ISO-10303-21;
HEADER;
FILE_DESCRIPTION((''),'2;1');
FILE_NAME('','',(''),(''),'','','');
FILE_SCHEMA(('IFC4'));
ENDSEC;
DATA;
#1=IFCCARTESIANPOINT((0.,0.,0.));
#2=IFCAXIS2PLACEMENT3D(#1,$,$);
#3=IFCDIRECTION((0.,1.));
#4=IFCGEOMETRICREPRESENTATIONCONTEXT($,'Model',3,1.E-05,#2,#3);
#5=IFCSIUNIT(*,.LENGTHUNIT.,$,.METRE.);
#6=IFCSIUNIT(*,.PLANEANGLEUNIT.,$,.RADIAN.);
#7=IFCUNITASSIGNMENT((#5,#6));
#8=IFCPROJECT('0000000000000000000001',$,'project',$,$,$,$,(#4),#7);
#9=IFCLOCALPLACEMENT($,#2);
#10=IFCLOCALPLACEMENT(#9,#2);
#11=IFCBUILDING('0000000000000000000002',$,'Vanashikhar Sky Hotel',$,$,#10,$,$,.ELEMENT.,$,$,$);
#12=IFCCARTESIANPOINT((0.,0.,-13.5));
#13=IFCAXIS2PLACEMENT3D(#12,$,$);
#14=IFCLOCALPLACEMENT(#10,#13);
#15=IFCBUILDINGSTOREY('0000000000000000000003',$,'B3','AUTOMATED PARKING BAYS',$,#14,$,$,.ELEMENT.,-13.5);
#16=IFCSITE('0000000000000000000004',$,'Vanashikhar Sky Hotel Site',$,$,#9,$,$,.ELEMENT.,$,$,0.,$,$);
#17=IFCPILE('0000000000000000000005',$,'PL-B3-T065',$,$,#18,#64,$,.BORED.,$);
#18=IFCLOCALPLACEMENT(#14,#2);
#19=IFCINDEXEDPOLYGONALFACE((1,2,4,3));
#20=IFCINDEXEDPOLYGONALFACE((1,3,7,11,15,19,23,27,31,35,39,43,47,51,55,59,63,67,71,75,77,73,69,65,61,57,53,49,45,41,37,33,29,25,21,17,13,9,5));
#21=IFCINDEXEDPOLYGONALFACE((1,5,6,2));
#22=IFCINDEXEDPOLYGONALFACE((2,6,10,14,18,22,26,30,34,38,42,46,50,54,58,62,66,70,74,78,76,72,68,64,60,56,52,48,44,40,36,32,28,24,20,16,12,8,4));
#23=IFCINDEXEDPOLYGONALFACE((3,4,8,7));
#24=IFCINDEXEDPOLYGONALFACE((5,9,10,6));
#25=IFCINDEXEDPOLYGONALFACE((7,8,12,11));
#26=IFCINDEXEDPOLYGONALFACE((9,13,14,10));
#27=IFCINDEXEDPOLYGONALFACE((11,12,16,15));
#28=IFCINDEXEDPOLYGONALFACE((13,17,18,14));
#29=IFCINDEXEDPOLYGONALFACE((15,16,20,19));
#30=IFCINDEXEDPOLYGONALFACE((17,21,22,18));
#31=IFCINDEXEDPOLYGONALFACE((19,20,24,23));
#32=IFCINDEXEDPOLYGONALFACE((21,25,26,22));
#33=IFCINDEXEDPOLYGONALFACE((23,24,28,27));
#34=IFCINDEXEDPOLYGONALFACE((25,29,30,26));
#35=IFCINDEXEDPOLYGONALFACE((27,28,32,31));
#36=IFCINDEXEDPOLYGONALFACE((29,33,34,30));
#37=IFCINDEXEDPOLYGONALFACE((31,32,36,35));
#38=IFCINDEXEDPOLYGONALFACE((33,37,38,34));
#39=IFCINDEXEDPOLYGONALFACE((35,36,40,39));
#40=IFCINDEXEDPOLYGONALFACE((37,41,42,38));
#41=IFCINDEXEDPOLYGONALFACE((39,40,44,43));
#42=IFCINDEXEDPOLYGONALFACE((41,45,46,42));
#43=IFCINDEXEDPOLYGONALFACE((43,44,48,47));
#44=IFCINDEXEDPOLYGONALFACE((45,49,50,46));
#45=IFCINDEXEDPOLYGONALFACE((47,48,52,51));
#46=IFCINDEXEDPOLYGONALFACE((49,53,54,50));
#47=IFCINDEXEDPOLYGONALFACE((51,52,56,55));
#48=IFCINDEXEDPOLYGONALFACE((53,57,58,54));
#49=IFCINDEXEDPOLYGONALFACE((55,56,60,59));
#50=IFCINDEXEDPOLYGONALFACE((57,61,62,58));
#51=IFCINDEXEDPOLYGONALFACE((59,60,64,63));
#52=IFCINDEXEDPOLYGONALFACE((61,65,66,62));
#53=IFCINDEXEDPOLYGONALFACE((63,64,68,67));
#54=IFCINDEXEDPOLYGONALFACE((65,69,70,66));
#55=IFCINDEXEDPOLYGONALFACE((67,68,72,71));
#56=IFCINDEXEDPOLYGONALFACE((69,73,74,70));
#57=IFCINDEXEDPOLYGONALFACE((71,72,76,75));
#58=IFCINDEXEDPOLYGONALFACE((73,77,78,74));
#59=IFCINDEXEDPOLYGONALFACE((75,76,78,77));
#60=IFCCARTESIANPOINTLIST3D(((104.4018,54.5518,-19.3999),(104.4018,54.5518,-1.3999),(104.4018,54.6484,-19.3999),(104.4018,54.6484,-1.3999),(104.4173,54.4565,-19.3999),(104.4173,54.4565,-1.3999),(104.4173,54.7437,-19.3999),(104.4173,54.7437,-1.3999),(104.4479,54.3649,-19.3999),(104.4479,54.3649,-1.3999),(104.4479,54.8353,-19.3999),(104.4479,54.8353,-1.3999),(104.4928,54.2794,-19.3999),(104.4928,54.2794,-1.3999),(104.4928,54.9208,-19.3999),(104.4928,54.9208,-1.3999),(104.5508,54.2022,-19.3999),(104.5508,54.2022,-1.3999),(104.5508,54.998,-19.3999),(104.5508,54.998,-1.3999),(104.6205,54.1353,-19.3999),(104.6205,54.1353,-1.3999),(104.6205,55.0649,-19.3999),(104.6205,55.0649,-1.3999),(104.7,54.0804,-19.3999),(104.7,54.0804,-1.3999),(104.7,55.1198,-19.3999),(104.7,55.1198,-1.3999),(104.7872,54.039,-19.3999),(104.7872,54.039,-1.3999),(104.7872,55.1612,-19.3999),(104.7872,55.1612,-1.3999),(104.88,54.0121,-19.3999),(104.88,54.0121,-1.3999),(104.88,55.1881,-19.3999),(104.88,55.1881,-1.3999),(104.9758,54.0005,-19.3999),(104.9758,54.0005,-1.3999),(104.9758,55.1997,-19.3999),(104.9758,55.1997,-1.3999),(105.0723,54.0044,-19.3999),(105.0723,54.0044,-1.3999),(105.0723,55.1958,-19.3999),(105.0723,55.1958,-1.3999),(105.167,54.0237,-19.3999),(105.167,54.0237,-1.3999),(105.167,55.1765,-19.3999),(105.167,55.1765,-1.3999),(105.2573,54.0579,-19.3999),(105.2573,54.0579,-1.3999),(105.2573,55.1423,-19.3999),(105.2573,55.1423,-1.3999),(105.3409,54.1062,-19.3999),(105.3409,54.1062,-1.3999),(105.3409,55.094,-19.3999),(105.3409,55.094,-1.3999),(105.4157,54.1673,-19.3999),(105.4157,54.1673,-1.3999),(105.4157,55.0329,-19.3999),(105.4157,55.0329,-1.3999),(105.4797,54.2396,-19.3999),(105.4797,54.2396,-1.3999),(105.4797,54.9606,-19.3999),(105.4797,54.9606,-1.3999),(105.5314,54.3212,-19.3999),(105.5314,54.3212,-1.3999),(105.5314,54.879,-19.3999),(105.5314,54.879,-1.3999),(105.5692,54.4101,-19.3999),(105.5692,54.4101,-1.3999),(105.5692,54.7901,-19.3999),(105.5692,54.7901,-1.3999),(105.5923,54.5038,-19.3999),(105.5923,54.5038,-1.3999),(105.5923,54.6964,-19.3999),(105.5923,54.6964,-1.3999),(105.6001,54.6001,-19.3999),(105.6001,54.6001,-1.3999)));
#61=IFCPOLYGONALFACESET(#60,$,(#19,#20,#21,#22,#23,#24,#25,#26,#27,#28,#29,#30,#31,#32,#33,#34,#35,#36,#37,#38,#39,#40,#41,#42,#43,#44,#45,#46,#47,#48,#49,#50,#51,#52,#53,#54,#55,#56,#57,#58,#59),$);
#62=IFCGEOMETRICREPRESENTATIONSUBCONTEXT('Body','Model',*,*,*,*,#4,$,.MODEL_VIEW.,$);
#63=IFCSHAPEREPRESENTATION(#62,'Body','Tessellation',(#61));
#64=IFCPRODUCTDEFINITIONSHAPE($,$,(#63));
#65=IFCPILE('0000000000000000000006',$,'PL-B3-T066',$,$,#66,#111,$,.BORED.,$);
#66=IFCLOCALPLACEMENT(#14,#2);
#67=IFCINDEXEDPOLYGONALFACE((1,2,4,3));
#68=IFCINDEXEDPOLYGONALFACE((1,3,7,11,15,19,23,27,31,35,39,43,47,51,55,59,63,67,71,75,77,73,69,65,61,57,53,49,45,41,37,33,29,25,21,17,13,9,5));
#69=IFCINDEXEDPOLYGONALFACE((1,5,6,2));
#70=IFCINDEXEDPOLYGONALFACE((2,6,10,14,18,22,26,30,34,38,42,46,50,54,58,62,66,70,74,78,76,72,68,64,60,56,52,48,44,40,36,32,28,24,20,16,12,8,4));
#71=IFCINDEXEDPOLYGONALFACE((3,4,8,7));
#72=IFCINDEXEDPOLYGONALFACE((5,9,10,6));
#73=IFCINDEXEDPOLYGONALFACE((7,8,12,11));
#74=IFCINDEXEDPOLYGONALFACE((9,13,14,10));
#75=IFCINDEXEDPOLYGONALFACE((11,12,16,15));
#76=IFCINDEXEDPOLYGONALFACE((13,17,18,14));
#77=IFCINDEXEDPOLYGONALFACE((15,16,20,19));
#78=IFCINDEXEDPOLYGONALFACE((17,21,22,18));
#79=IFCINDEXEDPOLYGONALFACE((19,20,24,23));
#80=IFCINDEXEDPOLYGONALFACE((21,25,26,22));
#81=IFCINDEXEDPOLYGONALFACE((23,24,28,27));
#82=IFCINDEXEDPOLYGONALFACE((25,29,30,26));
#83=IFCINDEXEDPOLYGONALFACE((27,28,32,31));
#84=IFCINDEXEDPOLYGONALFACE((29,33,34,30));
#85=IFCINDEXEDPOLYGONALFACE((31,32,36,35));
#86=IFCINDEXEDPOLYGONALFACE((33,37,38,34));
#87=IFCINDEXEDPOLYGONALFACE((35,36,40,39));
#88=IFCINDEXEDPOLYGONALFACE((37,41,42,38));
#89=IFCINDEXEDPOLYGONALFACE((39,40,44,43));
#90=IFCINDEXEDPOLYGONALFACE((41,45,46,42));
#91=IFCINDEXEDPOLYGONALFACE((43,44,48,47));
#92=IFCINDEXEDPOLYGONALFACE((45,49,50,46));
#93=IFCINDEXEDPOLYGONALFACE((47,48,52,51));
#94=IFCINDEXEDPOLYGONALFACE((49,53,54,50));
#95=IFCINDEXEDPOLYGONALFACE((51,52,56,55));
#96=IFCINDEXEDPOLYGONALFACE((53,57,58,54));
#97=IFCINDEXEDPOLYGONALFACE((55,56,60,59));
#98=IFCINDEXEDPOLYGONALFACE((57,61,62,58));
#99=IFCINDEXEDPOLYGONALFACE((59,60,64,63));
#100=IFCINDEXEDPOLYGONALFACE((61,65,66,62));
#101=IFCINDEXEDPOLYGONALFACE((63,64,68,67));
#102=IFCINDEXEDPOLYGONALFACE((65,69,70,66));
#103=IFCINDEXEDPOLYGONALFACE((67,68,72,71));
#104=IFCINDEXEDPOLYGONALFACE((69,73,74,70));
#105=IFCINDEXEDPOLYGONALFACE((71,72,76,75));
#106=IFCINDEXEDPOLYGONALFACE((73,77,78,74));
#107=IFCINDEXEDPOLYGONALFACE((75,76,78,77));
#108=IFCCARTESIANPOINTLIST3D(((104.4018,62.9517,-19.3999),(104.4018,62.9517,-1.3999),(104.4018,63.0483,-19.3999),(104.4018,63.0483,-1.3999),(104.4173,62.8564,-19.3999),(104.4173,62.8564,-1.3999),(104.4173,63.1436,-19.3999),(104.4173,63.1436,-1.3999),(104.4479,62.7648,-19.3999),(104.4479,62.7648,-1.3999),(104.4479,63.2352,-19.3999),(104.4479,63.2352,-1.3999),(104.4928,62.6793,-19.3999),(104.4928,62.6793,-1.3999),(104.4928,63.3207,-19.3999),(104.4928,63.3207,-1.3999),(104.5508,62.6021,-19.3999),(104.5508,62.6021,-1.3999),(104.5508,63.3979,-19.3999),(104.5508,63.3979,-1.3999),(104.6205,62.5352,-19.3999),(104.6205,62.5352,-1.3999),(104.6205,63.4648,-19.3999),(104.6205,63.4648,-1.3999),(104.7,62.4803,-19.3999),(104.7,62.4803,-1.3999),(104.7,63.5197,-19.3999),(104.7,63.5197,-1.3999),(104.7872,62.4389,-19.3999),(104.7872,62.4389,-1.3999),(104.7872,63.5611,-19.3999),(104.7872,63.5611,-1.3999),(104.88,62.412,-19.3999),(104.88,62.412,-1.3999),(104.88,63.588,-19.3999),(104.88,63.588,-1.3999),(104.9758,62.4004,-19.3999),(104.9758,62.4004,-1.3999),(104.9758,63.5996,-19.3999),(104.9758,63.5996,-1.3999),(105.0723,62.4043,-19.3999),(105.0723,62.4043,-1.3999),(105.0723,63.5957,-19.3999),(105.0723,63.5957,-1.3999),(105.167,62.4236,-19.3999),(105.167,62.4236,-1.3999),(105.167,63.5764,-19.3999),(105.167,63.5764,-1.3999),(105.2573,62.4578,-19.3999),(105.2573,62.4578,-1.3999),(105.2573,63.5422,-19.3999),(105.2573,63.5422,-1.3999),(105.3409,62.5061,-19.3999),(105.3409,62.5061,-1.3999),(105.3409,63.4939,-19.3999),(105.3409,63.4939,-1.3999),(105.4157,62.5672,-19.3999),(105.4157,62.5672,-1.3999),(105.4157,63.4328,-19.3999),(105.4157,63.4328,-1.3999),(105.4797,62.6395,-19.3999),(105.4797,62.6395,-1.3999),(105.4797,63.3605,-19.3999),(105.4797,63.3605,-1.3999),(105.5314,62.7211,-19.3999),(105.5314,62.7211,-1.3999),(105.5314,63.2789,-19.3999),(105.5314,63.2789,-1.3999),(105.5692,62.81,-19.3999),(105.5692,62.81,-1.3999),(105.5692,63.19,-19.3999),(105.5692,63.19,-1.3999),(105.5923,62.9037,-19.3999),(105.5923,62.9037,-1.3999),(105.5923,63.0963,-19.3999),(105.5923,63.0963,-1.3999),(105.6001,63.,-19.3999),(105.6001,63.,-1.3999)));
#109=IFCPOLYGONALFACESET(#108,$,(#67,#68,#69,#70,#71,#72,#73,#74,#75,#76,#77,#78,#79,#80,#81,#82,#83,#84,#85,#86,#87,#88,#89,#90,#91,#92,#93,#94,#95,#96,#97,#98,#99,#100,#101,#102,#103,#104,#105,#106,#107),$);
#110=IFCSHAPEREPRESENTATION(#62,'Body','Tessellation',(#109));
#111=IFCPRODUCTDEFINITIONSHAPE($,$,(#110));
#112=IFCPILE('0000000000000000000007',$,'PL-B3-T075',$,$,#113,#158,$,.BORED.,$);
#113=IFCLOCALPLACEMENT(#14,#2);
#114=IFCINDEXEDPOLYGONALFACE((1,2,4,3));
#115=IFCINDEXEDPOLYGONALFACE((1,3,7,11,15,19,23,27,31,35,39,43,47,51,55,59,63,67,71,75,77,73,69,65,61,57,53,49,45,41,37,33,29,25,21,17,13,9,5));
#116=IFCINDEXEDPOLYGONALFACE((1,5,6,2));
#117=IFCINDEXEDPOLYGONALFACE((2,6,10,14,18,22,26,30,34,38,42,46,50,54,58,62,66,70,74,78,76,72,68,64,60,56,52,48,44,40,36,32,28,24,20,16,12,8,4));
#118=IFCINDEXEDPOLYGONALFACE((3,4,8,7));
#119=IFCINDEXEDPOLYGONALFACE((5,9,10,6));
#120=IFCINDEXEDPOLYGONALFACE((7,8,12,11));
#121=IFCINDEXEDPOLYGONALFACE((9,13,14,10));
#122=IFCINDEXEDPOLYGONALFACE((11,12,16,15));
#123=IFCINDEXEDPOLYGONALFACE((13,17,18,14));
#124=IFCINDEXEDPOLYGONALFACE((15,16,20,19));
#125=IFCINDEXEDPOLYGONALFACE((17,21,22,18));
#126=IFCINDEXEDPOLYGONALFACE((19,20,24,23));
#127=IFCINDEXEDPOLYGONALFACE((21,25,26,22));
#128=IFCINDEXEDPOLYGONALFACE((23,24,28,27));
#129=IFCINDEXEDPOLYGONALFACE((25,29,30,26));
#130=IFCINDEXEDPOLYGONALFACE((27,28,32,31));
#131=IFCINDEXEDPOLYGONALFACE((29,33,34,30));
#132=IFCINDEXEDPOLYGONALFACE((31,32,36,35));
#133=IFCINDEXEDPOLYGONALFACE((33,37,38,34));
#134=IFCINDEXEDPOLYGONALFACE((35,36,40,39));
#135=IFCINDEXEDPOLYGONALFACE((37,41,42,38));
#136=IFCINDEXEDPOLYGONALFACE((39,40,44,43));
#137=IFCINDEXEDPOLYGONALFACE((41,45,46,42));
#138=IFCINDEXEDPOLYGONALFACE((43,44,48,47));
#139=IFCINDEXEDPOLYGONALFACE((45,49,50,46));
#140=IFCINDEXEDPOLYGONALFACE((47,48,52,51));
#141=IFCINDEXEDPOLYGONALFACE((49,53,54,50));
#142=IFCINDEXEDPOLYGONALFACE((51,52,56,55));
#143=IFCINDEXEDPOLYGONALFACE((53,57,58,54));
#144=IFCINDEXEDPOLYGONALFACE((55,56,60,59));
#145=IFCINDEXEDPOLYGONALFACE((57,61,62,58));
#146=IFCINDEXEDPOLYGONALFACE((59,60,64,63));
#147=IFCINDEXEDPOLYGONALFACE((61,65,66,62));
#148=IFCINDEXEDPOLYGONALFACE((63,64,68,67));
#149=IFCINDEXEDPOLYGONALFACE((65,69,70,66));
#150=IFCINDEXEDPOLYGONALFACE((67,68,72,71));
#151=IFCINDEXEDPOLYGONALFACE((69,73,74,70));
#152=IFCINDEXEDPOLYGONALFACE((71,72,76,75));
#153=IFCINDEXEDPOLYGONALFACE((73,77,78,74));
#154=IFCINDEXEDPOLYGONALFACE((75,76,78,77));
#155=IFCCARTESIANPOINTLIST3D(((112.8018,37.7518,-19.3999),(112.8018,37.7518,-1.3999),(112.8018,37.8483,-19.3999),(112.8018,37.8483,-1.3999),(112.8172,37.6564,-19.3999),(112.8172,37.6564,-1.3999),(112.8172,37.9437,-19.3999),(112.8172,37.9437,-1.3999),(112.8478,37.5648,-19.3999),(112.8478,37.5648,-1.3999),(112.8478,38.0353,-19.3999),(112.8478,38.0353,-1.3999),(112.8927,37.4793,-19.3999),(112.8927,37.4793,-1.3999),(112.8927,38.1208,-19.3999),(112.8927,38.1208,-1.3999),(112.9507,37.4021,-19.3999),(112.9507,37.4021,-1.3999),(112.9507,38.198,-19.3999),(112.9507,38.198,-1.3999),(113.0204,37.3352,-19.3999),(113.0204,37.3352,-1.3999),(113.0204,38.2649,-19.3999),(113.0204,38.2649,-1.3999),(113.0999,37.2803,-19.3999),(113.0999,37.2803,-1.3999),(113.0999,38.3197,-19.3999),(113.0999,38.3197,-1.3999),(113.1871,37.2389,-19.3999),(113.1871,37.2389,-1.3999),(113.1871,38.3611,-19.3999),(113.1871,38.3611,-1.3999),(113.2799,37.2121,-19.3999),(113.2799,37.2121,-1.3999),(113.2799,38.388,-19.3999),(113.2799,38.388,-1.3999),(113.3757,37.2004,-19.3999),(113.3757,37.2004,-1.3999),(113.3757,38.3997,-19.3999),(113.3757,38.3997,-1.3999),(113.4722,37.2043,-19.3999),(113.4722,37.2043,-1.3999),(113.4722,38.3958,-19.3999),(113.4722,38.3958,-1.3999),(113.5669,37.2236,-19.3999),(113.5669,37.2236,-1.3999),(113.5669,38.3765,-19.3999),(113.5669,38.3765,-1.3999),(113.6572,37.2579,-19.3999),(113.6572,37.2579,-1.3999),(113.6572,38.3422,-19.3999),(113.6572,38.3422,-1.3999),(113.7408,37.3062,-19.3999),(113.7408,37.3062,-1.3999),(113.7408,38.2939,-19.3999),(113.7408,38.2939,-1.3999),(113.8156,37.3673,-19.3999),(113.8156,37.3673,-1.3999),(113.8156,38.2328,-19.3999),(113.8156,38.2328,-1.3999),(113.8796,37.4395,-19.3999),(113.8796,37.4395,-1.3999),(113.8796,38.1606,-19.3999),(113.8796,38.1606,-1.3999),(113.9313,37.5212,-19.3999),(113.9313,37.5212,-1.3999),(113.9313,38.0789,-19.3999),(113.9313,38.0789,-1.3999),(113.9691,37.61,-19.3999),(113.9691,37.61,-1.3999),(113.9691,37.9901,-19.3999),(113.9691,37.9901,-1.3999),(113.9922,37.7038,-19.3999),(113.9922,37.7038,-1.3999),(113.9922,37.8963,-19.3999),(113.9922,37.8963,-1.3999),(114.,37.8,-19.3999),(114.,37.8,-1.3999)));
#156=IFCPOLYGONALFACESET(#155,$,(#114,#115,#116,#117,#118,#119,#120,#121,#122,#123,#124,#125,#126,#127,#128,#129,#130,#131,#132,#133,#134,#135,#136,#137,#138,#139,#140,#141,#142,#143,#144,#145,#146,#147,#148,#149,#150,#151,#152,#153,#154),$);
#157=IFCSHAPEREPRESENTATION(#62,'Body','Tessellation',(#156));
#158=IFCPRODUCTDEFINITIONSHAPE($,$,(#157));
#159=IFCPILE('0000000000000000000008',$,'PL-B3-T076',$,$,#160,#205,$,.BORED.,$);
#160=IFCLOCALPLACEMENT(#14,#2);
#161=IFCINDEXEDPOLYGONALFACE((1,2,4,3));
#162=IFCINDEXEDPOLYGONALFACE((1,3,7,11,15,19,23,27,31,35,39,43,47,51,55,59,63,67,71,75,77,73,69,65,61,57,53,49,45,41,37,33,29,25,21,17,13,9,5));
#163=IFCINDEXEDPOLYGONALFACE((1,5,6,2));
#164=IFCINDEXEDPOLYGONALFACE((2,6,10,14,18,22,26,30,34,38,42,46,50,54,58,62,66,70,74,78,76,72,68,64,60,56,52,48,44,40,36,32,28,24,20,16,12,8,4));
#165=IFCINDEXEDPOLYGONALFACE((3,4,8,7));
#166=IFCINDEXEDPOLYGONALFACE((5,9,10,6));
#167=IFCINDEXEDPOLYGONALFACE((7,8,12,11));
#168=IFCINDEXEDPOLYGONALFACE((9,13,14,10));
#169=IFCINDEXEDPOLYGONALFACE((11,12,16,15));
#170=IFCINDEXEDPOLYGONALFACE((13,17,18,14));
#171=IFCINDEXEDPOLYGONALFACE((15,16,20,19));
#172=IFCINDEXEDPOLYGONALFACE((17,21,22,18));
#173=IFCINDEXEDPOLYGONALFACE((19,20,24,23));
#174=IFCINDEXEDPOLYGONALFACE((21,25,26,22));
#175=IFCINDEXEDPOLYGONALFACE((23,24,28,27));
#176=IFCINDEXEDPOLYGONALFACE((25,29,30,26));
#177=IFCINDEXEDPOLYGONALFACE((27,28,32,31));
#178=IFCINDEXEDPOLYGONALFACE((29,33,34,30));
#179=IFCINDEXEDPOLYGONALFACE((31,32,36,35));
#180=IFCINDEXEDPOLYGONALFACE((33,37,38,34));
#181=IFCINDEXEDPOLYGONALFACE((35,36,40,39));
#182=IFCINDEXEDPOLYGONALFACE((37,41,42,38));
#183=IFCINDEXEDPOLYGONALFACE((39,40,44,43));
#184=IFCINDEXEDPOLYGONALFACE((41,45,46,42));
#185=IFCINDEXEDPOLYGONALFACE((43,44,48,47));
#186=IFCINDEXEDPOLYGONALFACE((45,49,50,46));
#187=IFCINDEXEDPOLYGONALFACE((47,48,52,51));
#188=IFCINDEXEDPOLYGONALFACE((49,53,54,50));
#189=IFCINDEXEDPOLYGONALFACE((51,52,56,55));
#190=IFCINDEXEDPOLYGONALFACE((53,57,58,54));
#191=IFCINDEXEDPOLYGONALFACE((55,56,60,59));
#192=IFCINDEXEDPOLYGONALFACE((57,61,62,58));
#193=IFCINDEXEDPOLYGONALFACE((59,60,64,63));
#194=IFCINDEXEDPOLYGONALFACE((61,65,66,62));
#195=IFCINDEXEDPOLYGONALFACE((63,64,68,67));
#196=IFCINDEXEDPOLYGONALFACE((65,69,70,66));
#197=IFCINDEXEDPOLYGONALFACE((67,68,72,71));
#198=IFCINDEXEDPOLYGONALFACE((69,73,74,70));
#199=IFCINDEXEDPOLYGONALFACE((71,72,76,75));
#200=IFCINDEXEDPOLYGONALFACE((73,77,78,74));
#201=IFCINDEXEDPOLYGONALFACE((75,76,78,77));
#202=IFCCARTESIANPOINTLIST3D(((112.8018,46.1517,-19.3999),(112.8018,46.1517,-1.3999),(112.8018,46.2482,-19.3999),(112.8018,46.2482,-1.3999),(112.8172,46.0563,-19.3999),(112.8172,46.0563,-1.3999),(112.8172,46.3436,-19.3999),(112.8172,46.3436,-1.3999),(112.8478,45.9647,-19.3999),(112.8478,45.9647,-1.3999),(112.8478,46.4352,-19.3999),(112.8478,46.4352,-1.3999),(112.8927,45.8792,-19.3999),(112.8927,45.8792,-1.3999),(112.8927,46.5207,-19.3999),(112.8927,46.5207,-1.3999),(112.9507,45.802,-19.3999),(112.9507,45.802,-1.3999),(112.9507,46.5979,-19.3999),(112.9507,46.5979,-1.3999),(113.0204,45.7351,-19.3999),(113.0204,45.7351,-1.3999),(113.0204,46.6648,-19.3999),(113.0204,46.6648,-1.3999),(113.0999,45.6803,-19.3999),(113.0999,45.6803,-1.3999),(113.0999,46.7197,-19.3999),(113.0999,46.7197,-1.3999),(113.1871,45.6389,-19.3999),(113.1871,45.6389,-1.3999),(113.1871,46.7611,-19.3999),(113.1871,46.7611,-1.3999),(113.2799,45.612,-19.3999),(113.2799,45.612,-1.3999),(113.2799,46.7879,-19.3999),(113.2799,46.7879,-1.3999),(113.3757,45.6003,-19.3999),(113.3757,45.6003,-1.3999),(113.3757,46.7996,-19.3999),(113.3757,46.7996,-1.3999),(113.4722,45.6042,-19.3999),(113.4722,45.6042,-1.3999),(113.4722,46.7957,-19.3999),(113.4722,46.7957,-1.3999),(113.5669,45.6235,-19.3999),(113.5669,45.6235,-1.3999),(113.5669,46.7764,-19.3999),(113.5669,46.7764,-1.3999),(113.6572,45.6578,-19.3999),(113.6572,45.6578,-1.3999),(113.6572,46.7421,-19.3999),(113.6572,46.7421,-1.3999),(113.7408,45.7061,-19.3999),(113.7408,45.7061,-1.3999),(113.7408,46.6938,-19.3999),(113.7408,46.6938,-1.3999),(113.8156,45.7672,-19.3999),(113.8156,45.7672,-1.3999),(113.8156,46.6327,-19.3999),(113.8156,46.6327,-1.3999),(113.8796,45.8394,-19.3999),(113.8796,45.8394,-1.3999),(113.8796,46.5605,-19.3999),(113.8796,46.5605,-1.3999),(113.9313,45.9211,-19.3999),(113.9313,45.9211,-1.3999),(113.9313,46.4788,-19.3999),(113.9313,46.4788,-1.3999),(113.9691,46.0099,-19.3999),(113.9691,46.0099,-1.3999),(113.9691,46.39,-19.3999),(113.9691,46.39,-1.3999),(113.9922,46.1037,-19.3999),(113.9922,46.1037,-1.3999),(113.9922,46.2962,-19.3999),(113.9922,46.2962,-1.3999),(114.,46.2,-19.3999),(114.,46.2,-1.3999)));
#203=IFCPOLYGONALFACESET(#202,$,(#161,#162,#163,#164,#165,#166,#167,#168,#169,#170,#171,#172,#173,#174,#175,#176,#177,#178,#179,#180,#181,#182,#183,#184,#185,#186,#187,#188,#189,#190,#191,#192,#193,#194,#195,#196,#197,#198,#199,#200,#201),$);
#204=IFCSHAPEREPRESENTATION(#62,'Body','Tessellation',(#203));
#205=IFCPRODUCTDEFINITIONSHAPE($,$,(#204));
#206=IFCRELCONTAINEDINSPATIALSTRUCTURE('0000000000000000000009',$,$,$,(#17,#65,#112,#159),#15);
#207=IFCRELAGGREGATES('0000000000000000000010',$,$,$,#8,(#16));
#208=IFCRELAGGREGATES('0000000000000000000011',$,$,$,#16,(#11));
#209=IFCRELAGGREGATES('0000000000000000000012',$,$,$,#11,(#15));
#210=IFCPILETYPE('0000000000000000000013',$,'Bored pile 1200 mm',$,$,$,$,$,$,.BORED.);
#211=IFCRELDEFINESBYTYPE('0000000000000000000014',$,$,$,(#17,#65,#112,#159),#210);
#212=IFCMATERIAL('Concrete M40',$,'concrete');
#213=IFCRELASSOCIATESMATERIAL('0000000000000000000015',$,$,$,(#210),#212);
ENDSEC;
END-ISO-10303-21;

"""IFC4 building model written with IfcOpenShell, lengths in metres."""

from ifc_helpers import new_model, si_unit, direction, frame, origin, origin_2d, place, context, subcontext, project, spatial, circle, extrude, source, transform, mapped, material, type_object, element, save


model = new_model("IFC4")

# Units and contexts
model_context = context("Model", 3, precision=1e-05, world=origin(), true_north=direction((0.0, 1.0)))
body_context = subcontext(model_context, "Body", "Model", "MODEL_VIEW")
ifc_project = project(units=[si_unit("LENGTHUNIT", "METRE"), si_unit("PLANEANGLEUNIT", "RADIAN")], contexts=[model_context])

# Site, building, storey
site_placement = place(None, origin())
site = spatial("IfcSite", under=ifc_project, at=site_placement, Name="Vanashikhar Sky Hotel Site", CompositionType="ELEMENT", RefElevation=0.0)
building_placement = place(site_placement, origin())
building = spatial("IfcBuilding", under=site, at=building_placement, Name="Vanashikhar Sky Hotel", CompositionType="ELEMENT")
storey_placement = place(building_placement, frame((0.0, 0.0, -13.5)))
storey = spatial("IfcBuildingStorey", under=building, at=storey_placement, Name="B3", Description="AUTOMATED PARKING BAYS", CompositionType="ELEMENT", Elevation=-13.5)

# Piles
ifc_material_1 = material(Name="Concrete M40", Category="concrete")
pile_type_1 = type_object("IfcPileType", Name="Bored pile 1200 mm", PredefinedType="BORED", material=ifc_material_1)
shared_shape_1 = source(origin(), body_context, "Body", "SweptSolid", [
    extrude(circle(Radius=0.6001, at=origin_2d()), origin(), (0.0, 0.0, 1.0), 18.0),
])
for number, where, z_axis, x_axis, name in (
    (1, (105.0, 54.6001, -1.3999), (0.0, 0.0, -1.0), (1.0, 0.0, 0.0), "PL-B3-T065"),
    (2, (105.0, 63.0, -1.3999), (0.0, 0.0, -1.0), (1.0, 0.0, 0.0), "PL-B3-T066"),
    (3, (113.3999, 37.8, -1.3999), (0.0, 0.0, -1.0), (1.0, 0.0, 0.0), "PL-B3-T075"),
    (4, (113.3999, 46.2, -1.3999), (0.0, 0.0, -1.0), (1.0, 0.0, 0.0), "PL-B3-T076"),
):
    element("IfcPile", number, at=place(storey_placement, frame(where, z_axis=z_axis, x_axis=x_axis)), inside=storey, type_object=pile_type_1, Name=name, PredefinedType="BORED", context=body_context, shape_type="MappedRepresentation", body=[
        mapped(shared_shape_1, transform((0.0, 0.0, 0.0), scale=1.0)),
    ])

save(model, "model.ifc")
